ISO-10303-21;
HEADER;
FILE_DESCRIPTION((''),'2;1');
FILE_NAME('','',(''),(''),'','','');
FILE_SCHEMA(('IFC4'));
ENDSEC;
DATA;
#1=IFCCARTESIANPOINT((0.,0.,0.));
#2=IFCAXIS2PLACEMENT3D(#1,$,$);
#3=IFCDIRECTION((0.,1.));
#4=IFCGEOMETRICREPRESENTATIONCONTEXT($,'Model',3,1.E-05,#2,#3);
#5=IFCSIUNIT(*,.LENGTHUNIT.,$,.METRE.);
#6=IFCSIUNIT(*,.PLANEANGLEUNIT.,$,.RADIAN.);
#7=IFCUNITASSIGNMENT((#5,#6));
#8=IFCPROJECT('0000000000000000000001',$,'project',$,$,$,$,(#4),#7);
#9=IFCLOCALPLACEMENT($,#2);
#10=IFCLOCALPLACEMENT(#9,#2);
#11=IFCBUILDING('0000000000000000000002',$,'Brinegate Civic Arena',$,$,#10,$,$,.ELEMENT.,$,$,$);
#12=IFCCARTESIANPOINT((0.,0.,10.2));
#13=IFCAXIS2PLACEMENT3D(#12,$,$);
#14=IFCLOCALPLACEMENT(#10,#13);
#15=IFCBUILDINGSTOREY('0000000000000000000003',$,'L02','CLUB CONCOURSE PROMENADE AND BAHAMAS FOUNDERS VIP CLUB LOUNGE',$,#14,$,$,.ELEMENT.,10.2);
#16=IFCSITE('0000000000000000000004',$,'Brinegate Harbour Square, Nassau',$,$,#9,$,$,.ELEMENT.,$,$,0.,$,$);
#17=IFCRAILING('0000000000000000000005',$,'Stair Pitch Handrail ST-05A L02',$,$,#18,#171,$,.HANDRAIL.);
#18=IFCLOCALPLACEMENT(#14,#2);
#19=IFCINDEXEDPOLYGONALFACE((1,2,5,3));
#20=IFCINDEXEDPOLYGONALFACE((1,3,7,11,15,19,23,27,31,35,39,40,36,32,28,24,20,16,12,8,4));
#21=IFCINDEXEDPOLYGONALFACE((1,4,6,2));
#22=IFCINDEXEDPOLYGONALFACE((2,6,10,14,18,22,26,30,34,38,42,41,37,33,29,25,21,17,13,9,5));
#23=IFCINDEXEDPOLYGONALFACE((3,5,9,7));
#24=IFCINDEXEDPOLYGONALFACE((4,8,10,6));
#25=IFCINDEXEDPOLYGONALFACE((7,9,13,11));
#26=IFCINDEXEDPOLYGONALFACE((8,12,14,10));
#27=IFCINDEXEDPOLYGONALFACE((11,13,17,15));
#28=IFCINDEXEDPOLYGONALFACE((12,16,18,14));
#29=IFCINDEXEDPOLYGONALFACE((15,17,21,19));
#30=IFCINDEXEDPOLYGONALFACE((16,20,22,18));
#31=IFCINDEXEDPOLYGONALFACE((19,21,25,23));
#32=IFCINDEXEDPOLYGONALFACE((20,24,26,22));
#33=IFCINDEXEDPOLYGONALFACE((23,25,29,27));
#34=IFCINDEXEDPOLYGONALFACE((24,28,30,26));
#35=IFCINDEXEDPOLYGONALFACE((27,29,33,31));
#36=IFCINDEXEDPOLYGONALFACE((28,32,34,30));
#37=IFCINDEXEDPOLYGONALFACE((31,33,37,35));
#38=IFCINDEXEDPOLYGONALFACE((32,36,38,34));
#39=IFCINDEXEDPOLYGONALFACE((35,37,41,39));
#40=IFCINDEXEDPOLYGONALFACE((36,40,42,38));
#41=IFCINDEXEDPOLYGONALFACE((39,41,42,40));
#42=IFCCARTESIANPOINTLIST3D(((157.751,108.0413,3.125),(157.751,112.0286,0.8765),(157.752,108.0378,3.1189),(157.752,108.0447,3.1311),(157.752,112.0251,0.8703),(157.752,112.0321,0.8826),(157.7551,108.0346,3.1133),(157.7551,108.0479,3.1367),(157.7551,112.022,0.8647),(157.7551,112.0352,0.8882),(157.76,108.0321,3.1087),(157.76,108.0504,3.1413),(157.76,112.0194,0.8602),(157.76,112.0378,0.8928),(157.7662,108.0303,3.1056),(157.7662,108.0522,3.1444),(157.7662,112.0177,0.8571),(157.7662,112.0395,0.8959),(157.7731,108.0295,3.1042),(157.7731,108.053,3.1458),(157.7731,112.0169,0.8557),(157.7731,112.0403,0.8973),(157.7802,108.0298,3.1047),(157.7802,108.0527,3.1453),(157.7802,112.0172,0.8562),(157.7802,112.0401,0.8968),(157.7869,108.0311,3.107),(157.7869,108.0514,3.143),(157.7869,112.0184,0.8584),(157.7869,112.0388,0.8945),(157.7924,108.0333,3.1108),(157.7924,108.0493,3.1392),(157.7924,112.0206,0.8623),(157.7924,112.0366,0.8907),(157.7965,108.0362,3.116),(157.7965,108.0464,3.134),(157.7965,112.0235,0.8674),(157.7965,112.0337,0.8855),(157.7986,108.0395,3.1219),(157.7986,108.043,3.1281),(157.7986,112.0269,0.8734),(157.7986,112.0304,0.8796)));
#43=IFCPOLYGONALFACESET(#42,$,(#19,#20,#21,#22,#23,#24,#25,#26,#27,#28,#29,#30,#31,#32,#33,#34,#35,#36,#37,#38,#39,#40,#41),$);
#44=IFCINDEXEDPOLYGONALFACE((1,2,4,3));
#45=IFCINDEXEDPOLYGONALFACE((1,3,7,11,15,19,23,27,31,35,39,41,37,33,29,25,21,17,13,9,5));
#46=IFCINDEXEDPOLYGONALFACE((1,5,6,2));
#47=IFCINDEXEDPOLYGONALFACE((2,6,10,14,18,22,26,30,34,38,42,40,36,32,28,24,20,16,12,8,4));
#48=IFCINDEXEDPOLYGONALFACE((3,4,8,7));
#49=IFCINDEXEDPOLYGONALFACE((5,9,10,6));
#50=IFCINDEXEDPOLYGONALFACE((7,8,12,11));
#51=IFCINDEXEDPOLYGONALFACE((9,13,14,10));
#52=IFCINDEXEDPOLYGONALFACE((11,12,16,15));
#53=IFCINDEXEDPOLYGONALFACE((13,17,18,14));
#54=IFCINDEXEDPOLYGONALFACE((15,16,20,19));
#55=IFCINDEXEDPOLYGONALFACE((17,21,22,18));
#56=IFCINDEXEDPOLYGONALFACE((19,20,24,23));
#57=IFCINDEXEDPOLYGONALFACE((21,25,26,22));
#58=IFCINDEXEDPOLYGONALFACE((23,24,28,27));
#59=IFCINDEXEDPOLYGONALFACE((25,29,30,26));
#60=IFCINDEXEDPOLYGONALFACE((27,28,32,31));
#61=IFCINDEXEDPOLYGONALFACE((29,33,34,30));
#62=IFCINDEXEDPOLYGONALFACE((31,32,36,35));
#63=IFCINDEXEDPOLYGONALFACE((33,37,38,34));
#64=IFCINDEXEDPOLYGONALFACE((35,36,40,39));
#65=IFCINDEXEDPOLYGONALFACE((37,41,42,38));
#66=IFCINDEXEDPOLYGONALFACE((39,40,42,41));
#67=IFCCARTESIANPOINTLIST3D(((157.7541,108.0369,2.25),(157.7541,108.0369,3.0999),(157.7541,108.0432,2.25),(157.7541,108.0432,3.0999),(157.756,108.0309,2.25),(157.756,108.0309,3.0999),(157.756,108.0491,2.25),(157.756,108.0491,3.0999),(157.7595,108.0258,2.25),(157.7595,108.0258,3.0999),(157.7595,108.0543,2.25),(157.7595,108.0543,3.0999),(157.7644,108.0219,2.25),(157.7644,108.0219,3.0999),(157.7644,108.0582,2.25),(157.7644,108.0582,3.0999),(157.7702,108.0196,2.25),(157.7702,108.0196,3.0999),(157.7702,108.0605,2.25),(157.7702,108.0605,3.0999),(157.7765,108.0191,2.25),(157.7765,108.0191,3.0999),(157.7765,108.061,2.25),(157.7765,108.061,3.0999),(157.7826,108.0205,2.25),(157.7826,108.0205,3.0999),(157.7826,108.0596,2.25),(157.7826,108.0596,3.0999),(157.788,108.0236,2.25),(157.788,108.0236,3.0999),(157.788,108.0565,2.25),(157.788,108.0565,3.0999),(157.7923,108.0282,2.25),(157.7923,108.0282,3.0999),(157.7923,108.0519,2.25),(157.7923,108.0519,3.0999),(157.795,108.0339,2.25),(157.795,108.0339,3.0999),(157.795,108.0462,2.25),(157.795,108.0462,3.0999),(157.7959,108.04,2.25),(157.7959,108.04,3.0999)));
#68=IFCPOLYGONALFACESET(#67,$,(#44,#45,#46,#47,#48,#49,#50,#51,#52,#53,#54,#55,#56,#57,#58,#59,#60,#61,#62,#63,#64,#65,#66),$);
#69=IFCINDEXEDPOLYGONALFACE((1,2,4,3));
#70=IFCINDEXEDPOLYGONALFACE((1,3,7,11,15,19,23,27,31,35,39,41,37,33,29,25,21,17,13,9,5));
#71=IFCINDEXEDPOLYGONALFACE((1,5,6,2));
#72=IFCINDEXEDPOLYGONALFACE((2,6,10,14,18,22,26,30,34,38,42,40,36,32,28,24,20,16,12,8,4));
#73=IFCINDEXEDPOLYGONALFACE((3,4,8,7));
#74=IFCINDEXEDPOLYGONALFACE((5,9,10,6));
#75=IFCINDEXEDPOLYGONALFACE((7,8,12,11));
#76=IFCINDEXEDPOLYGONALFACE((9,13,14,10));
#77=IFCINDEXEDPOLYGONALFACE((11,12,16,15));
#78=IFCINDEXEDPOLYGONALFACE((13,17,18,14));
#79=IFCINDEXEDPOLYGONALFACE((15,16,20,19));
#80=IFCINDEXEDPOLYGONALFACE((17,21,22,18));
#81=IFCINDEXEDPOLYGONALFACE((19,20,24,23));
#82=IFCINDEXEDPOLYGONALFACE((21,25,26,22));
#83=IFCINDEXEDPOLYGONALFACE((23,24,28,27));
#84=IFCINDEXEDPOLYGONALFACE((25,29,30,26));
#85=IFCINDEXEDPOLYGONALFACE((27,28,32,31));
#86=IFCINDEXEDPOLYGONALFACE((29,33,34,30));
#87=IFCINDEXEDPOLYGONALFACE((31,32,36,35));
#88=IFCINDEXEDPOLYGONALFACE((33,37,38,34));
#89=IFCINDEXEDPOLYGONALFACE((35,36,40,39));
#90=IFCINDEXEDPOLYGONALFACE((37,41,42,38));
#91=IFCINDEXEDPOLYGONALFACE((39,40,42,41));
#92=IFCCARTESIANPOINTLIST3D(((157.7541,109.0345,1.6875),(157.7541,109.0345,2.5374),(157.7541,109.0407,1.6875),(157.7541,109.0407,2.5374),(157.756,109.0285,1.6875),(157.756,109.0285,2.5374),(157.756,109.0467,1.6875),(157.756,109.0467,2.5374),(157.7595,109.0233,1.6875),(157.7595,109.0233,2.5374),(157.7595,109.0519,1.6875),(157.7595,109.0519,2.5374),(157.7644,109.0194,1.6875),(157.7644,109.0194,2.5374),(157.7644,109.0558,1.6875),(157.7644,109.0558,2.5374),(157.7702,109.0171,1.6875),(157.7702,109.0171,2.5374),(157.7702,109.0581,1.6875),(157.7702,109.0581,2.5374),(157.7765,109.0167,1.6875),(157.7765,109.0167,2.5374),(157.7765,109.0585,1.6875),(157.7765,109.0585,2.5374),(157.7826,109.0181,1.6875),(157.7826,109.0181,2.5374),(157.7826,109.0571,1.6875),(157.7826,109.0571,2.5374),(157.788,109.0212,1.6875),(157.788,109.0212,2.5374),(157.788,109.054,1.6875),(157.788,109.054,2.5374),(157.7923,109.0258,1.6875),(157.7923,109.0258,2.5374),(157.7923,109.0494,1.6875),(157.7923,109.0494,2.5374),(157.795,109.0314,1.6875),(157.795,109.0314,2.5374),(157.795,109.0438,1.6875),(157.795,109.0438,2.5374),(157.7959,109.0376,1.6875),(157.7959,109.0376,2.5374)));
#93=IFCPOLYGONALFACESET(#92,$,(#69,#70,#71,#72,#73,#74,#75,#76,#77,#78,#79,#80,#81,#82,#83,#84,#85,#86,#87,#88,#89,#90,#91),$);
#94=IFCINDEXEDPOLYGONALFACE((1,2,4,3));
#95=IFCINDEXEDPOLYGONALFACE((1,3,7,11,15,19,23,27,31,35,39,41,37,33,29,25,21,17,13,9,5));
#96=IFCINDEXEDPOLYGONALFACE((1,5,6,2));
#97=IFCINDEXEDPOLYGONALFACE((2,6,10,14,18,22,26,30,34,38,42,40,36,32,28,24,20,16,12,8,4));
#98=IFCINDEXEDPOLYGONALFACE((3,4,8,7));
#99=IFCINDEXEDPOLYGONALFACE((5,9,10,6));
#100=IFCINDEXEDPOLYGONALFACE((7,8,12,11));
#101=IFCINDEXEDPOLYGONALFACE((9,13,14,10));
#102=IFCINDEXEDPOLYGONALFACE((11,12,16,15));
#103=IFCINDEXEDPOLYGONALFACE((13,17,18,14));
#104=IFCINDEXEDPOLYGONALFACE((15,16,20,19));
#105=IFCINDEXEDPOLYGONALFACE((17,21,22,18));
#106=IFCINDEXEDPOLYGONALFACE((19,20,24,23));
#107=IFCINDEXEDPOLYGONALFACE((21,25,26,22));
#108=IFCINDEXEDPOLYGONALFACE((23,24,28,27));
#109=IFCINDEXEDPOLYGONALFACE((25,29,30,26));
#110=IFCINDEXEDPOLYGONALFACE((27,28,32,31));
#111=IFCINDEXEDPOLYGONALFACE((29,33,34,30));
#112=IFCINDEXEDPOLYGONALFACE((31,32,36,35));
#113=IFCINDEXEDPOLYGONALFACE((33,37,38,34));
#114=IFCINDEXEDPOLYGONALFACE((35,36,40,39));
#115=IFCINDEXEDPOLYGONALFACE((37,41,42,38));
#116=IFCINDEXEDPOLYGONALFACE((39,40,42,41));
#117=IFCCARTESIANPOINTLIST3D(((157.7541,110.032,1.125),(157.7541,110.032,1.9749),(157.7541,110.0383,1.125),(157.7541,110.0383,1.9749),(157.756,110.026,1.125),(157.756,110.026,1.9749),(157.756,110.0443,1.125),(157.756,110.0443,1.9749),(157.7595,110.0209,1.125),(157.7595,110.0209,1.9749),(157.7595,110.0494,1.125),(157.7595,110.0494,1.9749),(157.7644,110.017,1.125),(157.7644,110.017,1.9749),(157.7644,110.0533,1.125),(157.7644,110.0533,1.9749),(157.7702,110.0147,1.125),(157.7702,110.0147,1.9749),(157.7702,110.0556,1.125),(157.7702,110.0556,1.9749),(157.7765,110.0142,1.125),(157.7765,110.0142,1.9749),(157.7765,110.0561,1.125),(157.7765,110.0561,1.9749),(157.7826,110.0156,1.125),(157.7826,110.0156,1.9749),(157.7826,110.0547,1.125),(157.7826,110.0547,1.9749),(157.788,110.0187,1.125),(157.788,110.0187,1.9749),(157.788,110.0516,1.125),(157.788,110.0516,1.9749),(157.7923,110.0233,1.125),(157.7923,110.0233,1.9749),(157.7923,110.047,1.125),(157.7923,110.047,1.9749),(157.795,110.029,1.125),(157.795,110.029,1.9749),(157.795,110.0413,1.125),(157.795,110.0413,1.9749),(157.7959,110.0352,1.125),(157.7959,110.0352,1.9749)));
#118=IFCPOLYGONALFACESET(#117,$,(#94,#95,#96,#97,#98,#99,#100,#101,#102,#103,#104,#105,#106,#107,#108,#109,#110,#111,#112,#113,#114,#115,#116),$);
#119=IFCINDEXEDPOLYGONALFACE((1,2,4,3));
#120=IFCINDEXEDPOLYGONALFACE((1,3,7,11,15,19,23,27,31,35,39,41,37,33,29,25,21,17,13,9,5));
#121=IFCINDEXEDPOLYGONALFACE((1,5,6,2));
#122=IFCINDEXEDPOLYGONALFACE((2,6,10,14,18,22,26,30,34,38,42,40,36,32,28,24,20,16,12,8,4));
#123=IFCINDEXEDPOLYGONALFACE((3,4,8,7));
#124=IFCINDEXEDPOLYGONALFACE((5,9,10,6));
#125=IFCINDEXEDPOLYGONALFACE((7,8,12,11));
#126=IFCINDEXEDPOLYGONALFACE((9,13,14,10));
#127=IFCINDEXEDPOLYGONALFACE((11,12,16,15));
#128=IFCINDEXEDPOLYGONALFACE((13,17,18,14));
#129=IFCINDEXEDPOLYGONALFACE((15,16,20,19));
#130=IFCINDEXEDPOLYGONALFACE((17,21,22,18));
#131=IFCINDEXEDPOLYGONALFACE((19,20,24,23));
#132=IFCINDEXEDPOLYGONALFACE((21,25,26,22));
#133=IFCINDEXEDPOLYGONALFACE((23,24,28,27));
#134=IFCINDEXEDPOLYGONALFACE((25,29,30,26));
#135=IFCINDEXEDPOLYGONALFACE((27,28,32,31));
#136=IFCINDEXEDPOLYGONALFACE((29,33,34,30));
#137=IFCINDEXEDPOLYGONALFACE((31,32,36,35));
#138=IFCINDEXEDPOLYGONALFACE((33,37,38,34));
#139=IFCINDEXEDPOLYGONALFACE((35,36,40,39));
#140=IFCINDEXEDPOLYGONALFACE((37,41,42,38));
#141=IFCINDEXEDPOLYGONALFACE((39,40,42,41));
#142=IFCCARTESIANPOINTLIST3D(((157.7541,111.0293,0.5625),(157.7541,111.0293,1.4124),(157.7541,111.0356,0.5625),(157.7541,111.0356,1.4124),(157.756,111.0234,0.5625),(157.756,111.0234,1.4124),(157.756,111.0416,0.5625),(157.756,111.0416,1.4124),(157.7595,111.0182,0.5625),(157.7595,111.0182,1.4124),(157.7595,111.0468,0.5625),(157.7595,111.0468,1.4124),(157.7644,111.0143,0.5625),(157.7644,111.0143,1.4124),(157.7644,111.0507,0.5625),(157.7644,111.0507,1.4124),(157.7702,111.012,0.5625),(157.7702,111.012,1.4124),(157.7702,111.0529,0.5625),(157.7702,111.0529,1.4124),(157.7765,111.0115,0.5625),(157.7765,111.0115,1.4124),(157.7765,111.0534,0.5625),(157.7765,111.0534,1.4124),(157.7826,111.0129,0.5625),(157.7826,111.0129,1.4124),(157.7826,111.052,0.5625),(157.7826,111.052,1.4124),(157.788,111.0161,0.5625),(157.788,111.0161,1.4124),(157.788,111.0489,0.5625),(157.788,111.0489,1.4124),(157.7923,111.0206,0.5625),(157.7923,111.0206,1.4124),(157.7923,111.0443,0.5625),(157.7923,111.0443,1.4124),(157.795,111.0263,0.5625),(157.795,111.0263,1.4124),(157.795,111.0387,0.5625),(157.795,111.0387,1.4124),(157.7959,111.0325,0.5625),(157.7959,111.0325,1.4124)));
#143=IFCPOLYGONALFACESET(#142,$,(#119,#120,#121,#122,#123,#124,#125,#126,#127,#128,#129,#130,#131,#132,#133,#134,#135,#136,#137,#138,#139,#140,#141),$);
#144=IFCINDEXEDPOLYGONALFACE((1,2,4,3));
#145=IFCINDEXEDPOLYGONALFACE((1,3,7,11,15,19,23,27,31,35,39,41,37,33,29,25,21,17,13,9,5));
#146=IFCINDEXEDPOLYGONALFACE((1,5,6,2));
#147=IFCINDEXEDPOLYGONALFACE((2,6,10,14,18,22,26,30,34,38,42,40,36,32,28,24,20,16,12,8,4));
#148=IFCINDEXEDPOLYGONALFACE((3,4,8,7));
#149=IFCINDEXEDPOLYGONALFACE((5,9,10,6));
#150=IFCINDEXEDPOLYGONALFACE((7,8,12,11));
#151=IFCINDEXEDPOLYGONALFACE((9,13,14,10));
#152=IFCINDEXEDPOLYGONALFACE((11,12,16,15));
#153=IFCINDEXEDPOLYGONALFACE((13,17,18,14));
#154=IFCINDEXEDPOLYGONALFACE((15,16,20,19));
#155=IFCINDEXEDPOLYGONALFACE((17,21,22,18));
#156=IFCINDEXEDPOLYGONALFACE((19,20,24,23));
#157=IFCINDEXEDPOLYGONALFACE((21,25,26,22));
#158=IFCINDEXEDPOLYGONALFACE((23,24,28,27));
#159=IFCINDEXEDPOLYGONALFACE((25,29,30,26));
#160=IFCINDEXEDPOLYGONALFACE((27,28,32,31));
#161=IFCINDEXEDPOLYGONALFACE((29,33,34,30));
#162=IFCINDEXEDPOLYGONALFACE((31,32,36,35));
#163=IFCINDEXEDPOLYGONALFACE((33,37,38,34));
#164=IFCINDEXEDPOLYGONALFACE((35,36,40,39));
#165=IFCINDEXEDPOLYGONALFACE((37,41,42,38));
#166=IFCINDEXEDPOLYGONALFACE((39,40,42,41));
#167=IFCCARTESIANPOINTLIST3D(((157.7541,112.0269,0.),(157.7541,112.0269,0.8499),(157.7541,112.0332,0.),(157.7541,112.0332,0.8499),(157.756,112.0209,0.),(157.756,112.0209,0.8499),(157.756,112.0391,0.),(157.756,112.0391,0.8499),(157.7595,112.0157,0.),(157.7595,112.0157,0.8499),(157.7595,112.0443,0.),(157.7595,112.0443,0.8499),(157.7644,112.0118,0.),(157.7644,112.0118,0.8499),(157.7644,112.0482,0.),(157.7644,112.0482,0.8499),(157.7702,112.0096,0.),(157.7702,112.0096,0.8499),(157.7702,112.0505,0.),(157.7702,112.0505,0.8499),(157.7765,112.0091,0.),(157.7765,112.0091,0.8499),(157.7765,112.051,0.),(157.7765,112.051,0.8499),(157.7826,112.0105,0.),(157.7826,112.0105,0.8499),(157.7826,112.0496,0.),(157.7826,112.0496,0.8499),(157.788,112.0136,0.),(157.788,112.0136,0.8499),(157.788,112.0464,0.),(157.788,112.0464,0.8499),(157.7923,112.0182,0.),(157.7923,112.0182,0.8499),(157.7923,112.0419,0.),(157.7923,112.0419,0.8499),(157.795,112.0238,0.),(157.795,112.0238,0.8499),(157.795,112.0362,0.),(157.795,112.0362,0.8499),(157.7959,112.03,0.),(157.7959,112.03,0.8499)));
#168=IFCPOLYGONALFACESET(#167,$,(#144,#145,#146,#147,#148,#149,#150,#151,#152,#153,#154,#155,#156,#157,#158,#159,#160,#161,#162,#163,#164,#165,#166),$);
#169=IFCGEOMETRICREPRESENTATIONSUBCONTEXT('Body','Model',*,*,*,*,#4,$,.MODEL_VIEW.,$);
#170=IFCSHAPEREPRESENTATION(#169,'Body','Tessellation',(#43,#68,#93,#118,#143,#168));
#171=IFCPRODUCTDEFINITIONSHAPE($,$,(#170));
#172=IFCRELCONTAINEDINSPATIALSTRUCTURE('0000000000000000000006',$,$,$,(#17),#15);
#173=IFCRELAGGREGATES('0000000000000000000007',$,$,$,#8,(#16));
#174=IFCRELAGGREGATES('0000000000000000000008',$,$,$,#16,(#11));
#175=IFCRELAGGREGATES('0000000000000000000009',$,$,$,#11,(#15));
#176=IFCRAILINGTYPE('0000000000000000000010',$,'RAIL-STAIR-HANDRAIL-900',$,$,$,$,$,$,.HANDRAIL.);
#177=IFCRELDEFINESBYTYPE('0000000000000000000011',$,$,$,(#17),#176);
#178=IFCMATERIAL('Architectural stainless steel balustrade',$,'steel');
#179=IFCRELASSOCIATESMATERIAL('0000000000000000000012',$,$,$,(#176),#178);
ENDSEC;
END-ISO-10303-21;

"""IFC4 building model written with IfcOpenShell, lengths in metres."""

from ifc_helpers import new_model, si_unit, direction, frame, origin, origin_2d, place, context, subcontext, project, spatial, circle, extrude, material, type_object, element, save


model = new_model("IFC4")

# Units and contexts
model_context = context("Model", 3, precision=1e-05, world=origin(), true_north=direction((0.0, 1.0)))
body_context = subcontext(model_context, "Body", "Model", "MODEL_VIEW")
ifc_project = project(units=[si_unit("LENGTHUNIT", "METRE"), si_unit("PLANEANGLEUNIT", "RADIAN")], contexts=[model_context])

# Site, building, storey
site_placement = place(None, origin())
site = spatial("IfcSite", under=ifc_project, at=site_placement, Name="Brinegate Harbour Square, Nassau", CompositionType="ELEMENT", RefElevation=0.0)
building_placement = place(site_placement, origin())
building = spatial("IfcBuilding", under=site, at=building_placement, Name="Brinegate Civic Arena", CompositionType="ELEMENT")
storey_placement = place(building_placement, frame((0.0, 0.0, 10.2)))
storey = spatial("IfcBuildingStorey", under=building, at=storey_placement, Name="L02", Description="CLUB CONCOURSE PROMENADE AND BAHAMAS FOUNDERS VIP CLUB LOUNGE", CompositionType="ELEMENT", Elevation=10.2)

# Railing
ifc_material_1 = material(Name="Architectural stainless steel balustrade", Category="steel")
railing_type_1 = type_object("IfcRailingType", Name="RAIL-STAIR-HANDRAIL-900", PredefinedType="HANDRAIL", material=ifc_material_1)
for number, where, name in (
    (1, (157.7749, 108.04, 2.25), "Stair Pitch Handrail ST-05A L02"),
):
    element("IfcRailing", number, at=place(storey_placement, frame(where)), inside=storey, type_object=railing_type_1, Name=name, PredefinedType="HANDRAIL", context=body_context, shape_type="SweptSolid", body=[
        extrude(circle(Radius=0.0239, at=origin_2d()), frame((0.0, 0.0012, 0.875), z_axis=(0.0, 0.87105, -0.491195), x_axis=(-1.0, 0.0, 0.0)), (0.0, 0.0, 1.0), 4.5776),
        extrude(circle(Radius=0.021, at=origin_2d()), origin(), (0.0, 0.0, 1.0), 0.8499),
        extrude(circle(Radius=0.021, at=origin_2d()), frame((0.0, 0.9976, -0.5625)), (0.0, 0.0, 1.0), 0.8499),
        extrude(circle(Radius=0.021, at=origin_2d()), frame((0.0, 1.9951, -1.125)), (0.0, 0.0, 1.0), 0.8499),
        extrude(circle(Radius=0.021, at=origin_2d()), frame((0.0, 2.9924, -1.6875)), (0.0, 0.0, 1.0), 0.8499),
        extrude(circle(Radius=0.021, at=origin_2d()), frame((0.0, 3.99, -2.25)), (0.0, 0.0, 1.0), 0.8499),
    ])

save(model, "model.ifc")
